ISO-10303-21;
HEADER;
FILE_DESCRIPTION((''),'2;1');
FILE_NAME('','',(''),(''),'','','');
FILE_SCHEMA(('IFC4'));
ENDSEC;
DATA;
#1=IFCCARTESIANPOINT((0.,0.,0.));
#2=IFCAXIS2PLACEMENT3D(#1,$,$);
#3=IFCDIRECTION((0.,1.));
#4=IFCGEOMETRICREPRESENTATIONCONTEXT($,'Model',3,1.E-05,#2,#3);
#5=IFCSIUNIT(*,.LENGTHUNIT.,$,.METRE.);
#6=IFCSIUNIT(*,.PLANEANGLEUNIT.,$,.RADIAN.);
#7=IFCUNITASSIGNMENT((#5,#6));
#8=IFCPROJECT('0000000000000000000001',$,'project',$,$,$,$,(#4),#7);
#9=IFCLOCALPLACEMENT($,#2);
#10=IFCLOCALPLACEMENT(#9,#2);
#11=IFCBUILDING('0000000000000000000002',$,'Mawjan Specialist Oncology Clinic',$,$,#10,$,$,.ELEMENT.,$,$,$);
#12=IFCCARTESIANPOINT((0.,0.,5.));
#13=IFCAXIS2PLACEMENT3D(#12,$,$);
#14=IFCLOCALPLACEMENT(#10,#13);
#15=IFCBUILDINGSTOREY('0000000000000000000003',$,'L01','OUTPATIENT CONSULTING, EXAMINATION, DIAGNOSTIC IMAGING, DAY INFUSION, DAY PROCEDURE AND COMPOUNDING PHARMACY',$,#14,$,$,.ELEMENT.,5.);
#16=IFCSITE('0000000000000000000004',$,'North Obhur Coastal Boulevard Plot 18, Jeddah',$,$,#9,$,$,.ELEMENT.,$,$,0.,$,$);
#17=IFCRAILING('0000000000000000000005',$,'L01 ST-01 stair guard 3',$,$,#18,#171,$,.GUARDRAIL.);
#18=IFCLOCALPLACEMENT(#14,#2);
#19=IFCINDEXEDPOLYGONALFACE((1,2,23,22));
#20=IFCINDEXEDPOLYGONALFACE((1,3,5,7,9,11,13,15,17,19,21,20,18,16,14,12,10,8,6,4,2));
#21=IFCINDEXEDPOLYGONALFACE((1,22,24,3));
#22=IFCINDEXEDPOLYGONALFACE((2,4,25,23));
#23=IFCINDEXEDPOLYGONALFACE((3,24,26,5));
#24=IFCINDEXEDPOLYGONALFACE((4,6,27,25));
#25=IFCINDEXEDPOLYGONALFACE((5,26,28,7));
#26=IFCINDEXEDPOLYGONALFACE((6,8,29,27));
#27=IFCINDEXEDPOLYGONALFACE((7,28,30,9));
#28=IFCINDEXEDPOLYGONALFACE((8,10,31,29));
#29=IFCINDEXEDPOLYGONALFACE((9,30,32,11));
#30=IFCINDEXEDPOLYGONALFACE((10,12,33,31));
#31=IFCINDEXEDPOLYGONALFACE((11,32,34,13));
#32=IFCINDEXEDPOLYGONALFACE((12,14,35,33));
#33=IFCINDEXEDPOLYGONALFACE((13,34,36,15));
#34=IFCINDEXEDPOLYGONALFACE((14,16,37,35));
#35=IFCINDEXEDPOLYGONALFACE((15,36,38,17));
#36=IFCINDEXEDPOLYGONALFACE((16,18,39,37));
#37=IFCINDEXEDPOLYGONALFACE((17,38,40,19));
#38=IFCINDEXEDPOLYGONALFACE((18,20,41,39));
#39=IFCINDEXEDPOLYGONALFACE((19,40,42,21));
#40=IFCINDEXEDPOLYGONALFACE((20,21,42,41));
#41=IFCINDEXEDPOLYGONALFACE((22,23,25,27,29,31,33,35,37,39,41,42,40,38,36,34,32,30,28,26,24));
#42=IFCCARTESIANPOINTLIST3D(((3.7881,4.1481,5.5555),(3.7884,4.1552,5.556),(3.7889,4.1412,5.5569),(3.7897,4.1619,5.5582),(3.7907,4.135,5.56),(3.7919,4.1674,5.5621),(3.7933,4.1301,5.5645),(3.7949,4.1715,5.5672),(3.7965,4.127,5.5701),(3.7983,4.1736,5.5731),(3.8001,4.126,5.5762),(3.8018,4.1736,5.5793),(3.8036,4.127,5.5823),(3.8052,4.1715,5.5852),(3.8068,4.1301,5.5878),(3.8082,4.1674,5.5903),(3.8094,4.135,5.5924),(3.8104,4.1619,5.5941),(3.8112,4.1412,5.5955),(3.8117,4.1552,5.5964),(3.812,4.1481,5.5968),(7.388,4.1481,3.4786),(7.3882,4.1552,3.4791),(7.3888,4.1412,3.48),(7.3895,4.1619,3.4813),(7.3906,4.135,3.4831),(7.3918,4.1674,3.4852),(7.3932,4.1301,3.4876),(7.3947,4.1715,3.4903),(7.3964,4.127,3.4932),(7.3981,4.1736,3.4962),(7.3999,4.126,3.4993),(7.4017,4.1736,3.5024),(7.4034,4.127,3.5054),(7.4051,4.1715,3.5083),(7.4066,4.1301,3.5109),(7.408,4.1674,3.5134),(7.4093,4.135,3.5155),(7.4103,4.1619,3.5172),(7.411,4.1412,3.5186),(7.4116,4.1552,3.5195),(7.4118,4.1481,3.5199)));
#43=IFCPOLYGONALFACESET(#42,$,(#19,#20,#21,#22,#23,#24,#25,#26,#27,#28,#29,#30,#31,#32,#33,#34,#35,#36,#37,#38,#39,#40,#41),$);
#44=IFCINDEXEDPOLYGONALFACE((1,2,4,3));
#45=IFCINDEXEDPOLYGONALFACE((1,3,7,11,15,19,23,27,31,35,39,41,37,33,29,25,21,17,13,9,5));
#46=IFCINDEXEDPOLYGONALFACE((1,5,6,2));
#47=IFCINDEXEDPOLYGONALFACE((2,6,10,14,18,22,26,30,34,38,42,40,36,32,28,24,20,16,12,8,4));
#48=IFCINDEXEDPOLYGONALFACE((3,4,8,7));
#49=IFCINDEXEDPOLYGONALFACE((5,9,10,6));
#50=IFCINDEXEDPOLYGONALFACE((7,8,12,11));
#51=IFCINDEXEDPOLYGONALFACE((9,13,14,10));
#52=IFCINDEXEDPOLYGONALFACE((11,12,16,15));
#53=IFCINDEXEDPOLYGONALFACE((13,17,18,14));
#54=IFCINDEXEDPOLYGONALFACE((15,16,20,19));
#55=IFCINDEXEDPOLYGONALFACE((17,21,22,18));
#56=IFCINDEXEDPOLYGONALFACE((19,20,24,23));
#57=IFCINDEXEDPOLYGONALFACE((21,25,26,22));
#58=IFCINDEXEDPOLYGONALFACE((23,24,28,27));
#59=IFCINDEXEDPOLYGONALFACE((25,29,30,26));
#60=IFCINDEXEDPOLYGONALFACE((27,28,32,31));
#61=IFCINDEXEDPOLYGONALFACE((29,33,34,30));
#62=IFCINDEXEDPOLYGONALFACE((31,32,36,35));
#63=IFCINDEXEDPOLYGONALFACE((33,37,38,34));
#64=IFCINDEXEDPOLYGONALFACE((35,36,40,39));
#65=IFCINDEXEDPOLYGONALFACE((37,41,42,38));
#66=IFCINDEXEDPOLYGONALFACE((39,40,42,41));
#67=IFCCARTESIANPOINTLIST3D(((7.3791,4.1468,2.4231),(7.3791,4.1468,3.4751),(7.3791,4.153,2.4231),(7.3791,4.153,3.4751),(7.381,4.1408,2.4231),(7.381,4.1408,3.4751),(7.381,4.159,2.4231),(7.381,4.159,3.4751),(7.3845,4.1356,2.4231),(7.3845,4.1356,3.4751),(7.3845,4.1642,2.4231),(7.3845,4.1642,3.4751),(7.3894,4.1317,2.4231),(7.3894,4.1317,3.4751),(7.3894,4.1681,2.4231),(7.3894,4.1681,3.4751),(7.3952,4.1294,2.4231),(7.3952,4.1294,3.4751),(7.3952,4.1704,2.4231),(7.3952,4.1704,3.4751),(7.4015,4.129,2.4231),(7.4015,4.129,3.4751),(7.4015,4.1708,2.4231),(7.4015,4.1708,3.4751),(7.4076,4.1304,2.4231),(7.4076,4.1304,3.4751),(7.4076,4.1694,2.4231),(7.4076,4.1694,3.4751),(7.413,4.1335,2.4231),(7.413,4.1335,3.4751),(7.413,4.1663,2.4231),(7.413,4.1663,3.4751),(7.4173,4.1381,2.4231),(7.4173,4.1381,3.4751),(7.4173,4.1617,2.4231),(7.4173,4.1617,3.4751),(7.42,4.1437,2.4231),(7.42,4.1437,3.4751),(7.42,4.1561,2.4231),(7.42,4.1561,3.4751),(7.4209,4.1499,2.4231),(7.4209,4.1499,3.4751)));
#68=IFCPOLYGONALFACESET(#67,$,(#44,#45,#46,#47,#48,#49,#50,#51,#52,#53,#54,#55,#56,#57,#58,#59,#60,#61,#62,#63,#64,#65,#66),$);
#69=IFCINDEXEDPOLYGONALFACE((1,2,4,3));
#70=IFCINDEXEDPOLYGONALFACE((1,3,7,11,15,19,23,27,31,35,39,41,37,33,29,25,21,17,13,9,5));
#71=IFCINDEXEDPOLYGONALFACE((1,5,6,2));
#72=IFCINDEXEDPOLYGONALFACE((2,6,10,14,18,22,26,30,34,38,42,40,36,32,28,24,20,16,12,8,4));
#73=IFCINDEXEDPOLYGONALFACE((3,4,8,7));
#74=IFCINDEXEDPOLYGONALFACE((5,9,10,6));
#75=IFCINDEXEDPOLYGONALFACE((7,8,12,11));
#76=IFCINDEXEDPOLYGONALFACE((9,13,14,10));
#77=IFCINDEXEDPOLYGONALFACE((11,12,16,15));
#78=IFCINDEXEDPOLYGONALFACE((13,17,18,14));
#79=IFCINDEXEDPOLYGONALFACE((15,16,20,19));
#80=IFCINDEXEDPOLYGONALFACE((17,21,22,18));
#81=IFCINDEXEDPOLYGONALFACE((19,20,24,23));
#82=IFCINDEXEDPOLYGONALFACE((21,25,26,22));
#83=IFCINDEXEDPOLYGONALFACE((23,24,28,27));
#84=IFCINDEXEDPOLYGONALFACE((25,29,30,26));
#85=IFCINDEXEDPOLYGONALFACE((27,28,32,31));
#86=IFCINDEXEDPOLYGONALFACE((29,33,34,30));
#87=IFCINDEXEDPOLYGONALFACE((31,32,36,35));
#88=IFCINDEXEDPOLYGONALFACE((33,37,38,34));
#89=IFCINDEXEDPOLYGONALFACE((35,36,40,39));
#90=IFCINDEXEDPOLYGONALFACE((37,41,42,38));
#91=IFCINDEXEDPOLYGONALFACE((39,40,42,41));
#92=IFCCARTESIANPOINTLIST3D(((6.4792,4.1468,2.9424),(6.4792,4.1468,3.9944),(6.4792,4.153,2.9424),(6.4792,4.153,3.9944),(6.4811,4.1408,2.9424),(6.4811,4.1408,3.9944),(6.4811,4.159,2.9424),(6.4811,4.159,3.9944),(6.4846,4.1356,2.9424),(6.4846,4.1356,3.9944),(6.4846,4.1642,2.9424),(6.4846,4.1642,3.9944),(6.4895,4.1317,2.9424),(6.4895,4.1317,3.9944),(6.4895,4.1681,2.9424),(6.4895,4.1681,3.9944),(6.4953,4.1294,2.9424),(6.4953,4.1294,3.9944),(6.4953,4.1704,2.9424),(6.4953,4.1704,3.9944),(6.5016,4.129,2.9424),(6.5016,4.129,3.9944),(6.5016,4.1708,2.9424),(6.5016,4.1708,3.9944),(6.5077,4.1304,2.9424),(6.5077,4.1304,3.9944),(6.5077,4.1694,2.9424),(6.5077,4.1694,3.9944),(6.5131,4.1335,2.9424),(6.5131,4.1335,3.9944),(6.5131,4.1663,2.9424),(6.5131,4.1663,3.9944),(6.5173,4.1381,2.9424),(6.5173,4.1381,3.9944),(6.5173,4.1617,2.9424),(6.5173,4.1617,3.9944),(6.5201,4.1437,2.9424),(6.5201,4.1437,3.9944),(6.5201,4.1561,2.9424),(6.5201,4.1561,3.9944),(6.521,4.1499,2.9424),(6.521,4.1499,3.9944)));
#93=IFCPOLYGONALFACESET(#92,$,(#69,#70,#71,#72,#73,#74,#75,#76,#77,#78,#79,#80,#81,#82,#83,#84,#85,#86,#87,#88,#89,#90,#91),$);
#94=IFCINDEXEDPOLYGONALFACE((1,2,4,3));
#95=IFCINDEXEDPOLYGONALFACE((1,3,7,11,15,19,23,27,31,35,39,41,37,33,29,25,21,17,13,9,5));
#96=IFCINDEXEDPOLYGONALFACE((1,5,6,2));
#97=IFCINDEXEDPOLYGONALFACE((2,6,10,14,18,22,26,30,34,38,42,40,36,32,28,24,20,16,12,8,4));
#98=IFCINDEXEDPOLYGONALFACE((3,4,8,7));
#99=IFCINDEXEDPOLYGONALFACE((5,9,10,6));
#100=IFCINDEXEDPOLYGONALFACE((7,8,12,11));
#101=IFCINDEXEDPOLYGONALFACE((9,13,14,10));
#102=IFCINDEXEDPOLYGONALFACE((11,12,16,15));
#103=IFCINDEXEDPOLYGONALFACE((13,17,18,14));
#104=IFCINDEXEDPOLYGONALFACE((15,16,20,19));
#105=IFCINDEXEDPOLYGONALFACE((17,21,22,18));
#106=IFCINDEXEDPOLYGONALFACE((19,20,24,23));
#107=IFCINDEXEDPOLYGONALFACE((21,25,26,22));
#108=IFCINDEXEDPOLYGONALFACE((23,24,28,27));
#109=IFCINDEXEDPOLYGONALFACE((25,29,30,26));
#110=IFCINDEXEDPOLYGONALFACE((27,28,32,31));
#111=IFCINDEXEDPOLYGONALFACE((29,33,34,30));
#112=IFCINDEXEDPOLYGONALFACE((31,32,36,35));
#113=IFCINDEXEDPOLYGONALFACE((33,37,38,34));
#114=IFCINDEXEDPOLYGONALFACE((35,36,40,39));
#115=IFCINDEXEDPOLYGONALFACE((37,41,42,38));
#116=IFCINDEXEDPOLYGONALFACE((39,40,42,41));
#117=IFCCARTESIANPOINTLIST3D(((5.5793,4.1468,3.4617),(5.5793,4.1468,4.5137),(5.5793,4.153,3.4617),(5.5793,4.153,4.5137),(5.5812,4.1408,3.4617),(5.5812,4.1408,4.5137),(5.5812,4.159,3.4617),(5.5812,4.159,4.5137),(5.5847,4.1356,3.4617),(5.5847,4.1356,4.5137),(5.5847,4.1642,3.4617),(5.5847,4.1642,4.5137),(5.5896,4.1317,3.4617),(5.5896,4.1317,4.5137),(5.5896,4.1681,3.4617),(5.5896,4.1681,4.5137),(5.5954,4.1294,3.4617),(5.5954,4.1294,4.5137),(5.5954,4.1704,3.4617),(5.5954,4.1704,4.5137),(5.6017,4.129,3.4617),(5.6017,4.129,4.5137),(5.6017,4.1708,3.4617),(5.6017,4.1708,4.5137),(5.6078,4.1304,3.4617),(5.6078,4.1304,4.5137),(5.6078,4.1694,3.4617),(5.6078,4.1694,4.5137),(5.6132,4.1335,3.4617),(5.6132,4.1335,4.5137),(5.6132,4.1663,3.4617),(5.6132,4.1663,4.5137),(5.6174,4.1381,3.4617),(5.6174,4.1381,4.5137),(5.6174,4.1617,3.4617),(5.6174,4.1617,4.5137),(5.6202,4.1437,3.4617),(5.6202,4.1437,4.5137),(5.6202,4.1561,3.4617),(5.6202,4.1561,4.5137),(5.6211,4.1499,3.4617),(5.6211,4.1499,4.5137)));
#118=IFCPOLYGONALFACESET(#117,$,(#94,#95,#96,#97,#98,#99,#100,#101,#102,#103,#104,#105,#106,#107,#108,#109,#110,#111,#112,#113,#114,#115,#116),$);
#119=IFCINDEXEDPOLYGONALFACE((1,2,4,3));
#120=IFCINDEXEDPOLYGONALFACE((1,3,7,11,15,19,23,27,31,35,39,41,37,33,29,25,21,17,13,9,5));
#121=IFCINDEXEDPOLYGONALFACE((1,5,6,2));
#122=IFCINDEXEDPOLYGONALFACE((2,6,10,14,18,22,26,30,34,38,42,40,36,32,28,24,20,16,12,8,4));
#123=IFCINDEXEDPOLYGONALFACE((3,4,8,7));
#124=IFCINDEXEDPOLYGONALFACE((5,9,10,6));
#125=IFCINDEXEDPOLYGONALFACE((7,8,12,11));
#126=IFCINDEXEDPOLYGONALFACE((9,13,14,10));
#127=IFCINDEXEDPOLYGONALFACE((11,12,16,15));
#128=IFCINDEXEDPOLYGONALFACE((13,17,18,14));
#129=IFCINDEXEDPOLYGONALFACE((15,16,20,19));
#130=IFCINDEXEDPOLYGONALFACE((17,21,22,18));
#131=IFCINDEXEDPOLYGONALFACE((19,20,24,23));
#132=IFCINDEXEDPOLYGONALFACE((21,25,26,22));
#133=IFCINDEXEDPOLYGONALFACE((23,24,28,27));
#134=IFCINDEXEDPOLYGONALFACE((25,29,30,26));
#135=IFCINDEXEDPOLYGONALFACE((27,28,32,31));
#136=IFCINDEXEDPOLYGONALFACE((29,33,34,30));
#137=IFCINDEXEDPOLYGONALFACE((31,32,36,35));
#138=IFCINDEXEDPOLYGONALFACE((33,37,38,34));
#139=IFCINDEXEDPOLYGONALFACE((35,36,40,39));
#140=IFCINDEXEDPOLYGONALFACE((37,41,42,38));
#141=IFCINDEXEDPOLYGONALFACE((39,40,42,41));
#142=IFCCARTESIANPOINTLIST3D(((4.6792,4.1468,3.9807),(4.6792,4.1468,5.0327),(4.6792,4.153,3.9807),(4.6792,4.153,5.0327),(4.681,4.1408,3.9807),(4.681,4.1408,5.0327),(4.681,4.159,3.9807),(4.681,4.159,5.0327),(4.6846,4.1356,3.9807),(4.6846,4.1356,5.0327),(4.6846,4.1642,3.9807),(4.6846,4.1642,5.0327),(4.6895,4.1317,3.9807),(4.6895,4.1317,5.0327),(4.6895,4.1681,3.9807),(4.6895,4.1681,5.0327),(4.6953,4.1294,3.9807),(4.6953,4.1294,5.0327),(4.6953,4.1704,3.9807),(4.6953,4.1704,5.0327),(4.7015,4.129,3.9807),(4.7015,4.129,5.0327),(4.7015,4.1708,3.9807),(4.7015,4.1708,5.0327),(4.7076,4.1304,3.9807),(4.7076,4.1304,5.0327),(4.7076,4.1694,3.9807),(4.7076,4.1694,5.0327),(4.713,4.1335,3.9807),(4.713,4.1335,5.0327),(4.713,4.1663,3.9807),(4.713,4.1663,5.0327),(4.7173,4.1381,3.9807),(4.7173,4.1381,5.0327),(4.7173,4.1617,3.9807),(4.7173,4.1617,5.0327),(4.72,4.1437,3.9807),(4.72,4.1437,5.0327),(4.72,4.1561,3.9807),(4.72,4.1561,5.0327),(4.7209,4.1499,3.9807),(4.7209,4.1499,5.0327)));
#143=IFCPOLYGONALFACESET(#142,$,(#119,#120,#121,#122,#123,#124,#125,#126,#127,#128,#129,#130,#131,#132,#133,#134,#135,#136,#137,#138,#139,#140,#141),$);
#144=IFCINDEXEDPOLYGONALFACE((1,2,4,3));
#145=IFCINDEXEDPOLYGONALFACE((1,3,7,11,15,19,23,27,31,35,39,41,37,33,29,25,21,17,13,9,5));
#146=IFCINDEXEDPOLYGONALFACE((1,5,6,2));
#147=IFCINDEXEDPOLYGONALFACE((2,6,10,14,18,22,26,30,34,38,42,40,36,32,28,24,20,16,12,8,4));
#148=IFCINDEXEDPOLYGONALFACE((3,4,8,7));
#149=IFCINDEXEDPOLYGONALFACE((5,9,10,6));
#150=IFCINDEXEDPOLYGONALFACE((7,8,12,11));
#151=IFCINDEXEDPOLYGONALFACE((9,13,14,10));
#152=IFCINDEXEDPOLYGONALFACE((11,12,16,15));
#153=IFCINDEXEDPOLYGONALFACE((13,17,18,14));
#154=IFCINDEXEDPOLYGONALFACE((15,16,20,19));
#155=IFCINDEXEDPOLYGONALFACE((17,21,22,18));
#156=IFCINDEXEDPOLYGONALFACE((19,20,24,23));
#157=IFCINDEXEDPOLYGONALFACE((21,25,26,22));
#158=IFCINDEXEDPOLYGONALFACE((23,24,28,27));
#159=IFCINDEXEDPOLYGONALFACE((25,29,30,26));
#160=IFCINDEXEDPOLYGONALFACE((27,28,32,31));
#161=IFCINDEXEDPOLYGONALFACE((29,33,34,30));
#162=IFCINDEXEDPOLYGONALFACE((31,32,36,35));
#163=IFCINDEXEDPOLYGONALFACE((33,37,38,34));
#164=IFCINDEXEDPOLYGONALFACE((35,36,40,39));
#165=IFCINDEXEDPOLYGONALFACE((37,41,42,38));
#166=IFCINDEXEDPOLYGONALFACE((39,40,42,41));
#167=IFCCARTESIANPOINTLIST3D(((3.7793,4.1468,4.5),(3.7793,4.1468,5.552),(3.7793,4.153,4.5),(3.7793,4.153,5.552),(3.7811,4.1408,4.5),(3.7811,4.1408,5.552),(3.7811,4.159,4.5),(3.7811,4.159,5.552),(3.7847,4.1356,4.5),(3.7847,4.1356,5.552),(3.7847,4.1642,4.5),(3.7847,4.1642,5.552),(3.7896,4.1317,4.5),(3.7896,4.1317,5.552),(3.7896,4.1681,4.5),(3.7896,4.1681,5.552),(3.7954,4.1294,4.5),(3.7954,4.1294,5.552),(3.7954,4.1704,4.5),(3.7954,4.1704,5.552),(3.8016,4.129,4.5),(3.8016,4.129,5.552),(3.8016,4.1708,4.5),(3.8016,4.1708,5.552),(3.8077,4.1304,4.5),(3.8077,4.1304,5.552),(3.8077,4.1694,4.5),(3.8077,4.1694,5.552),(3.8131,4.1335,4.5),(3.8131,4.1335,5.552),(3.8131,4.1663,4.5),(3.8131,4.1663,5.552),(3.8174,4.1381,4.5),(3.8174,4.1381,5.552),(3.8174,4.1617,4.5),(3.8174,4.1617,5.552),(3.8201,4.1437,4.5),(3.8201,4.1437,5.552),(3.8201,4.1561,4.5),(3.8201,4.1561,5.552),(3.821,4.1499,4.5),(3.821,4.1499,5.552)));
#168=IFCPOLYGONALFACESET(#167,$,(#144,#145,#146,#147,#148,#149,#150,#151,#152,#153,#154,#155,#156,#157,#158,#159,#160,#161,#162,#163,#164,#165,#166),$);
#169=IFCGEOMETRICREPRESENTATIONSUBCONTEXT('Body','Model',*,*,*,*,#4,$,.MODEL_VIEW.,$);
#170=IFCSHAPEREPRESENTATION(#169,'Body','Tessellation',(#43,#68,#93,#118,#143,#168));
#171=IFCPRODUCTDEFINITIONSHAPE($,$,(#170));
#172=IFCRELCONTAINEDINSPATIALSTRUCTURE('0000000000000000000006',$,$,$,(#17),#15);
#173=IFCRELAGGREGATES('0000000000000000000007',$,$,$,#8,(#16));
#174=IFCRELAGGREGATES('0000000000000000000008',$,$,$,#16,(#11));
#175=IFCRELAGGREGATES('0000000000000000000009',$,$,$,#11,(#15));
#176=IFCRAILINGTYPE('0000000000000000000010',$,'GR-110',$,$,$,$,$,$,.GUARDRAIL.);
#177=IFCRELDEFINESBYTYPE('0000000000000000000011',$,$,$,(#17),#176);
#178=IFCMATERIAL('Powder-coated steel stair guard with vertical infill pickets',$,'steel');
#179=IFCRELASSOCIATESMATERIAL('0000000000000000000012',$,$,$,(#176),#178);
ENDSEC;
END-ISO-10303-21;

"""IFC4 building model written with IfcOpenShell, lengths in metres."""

from ifc_helpers import new_model, si_unit, direction, frame, origin, origin_2d, place, context, subcontext, project, spatial, circle, extrude, material, type_object, element, save


model = new_model("IFC4")

# Units and contexts
model_context = context("Model", 3, precision=1e-05, world=origin(), true_north=direction((0.0, 1.0)))
body_context = subcontext(model_context, "Body", "Model", "MODEL_VIEW")
ifc_project = project(units=[si_unit("LENGTHUNIT", "METRE"), si_unit("PLANEANGLEUNIT", "RADIAN")], contexts=[model_context])

# Site, building, storey
site_placement = place(None, origin())
site = spatial("IfcSite", under=ifc_project, at=site_placement, Name="North Obhur Coastal Boulevard Plot 18, Jeddah", CompositionType="ELEMENT", RefElevation=0.0)
building_placement = place(site_placement, origin())
building = spatial("IfcBuilding", under=site, at=building_placement, Name="Mawjan Specialist Oncology Clinic", CompositionType="ELEMENT")
storey_placement = place(building_placement, frame((0.0, 0.0, 5.0)))
storey = spatial("IfcBuildingStorey", under=building, at=storey_placement, Name="L01", Description="OUTPATIENT CONSULTING, EXAMINATION, DIAGNOSTIC IMAGING, DAY INFUSION, DAY PROCEDURE AND COMPOUNDING PHARMACY", CompositionType="ELEMENT", Elevation=5.0)

# Railing
ifc_material_1 = material(Name="Powder-coated steel stair guard with vertical infill pickets", Category="steel")
railing_type = type_object("IfcRailingType", Name="GR-110", PredefinedType="GUARDRAIL", material=ifc_material_1)
railing_1_placement = place(storey_placement, frame((7.3999, 4.1499, 2.4231)))
element("IfcRailing", 1, at=railing_1_placement, inside=storey, type_object=railing_type, Name="L01 ST-01 stair guard 3", PredefinedType="GUARDRAIL", context=body_context, shape_type="SweptSolid", body=[
    extrude(circle(Radius=0.0239, at=origin_2d()), frame((0.0, 0.0, 1.0762), z_axis=(-0.866179, 0.0, 0.499734), x_axis=(0.0, -1.0, 0.0)), (0.0, 0.0, 1.0), 4.156),
    extrude(circle(Radius=0.021, at=origin_2d()), origin(), (0.0, 0.0, 1.0), 1.052),
    extrude(circle(Radius=0.021, at=origin_2d()), frame((-0.8999, 0.0, 0.5193)), (0.0, 0.0, 1.0), 1.052),
    extrude(circle(Radius=0.021, at=origin_2d()), frame((-1.7998, 0.0, 1.0386)), (0.0, 0.0, 1.0), 1.052),
    extrude(circle(Radius=0.021, at=origin_2d()), frame((-2.7, 0.0, 1.5576)), (0.0, 0.0, 1.0), 1.052),
    extrude(circle(Radius=0.021, at=origin_2d()), frame((-3.5999, 0.0, 2.0769)), (0.0, 0.0, 1.0), 1.052),
])

save(model, "model.ifc")
